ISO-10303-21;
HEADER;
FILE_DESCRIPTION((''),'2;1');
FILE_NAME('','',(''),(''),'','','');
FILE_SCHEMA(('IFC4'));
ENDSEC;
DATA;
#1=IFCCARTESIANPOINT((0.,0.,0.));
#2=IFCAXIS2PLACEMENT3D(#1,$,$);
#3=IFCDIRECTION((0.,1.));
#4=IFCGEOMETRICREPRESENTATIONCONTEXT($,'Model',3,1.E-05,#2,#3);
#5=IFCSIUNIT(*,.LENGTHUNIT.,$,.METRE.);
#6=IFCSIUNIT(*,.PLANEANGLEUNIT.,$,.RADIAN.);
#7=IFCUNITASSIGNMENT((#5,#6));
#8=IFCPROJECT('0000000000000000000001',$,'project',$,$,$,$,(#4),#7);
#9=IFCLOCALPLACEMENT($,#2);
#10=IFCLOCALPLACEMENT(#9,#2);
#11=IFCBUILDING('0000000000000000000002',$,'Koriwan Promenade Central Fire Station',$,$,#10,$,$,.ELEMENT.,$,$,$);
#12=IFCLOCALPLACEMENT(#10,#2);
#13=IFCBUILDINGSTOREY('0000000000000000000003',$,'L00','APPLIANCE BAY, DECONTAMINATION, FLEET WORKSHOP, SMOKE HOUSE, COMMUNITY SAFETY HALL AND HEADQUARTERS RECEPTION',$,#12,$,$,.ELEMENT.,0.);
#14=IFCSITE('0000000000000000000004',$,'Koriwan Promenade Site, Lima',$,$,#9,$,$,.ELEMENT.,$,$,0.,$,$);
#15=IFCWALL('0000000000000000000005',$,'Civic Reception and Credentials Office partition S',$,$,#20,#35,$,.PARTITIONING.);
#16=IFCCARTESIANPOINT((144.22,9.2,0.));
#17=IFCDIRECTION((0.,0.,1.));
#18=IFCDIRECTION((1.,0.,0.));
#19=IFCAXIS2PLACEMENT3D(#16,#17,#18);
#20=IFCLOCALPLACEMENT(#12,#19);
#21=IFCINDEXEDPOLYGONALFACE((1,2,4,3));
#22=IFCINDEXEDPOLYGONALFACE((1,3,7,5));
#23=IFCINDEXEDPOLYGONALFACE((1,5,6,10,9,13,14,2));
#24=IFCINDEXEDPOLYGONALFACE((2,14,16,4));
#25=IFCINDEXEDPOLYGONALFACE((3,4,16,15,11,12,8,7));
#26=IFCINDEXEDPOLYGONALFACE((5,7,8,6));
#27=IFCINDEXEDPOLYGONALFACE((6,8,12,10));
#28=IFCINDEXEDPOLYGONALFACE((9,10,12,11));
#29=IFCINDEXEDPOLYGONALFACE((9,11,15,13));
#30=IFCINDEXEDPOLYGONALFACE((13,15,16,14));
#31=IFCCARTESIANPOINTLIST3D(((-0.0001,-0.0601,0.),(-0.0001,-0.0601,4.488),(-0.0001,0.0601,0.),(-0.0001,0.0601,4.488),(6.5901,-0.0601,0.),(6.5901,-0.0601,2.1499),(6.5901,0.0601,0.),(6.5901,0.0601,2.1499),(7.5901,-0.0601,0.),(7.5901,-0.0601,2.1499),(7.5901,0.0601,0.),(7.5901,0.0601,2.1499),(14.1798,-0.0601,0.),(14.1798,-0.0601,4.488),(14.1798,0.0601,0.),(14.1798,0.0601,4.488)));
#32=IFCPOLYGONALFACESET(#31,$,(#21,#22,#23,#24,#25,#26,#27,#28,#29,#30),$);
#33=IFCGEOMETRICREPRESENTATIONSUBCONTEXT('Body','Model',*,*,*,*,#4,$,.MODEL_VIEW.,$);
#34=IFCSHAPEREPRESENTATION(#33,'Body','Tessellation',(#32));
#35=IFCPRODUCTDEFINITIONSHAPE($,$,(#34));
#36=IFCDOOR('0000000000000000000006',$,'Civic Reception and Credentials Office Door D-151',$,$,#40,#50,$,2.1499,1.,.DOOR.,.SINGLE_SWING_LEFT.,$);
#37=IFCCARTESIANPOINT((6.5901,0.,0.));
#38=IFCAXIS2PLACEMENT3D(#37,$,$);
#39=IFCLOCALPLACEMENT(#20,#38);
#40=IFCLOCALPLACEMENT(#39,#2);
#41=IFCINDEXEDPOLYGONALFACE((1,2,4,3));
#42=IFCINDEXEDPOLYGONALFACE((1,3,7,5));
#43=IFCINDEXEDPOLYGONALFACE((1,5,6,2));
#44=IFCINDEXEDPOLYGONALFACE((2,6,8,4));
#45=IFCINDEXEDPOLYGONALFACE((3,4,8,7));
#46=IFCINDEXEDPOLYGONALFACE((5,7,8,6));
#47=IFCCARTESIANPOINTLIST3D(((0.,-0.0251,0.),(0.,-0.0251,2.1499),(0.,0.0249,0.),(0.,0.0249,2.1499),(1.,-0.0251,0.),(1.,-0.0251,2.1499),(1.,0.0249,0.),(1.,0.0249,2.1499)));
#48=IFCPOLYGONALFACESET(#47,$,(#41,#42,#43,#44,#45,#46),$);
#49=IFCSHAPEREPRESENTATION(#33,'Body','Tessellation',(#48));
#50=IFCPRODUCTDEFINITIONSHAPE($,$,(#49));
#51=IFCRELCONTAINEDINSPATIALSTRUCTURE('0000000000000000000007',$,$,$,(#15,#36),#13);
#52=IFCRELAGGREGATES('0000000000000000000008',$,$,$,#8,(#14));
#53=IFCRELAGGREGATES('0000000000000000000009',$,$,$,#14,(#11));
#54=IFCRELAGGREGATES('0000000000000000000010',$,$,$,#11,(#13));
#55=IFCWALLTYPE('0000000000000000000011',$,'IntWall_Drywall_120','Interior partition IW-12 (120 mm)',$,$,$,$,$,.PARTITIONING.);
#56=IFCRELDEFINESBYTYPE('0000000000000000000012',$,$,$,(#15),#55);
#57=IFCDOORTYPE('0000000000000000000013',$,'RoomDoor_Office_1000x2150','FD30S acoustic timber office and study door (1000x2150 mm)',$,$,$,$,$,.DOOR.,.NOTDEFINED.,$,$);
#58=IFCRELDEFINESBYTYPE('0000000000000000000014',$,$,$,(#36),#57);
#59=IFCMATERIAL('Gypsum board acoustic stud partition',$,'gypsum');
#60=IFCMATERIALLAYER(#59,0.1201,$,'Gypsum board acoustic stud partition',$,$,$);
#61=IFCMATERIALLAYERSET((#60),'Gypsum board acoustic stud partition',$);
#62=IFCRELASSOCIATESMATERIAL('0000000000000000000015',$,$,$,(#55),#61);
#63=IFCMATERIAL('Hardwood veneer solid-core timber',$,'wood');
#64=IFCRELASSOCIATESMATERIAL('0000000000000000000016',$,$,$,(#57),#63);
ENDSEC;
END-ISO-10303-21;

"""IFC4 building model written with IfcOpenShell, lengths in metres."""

from ifc_helpers import new_model, si_unit, direction, frame, frame_2d, origin, place, context, subcontext, project, spatial, rectangle, extrude, material, layer, layer_set, type_object, element, fill, save


model = new_model("IFC4")

# Units and contexts
model_context = context("Model", 3, precision=1e-05, world=origin(), true_north=direction((0.0, 1.0)))
body_context = subcontext(model_context, "Body", "Model", "MODEL_VIEW")
ifc_project = project(units=[si_unit("LENGTHUNIT", "METRE"), si_unit("PLANEANGLEUNIT", "RADIAN")], contexts=[model_context])

# Site, building, storey
site_placement = place(None, origin())
site = spatial("IfcSite", under=ifc_project, at=site_placement, Name="Koriwan Promenade Site, Lima", CompositionType="ELEMENT", RefElevation=0.0)
building_placement = place(site_placement, origin())
building = spatial("IfcBuilding", under=site, at=building_placement, Name="Koriwan Promenade Central Fire Station", CompositionType="ELEMENT")
storey_placement = place(building_placement, origin())
storey = spatial("IfcBuildingStorey", under=building, at=storey_placement, Name="L00", Description="APPLIANCE BAY, DECONTAMINATION, FLEET WORKSHOP, SMOKE HOUSE, COMMUNITY SAFETY HALL AND HEADQUARTERS RECEPTION", CompositionType="ELEMENT", Elevation=0.0)

# Wall, opening, door
ifc_material_1 = material(Name="Gypsum board acoustic stud partition", Category="gypsum")
ifc_layer_1 = layer(ifc_material_1, 0.1201, Name="Gypsum board acoustic stud partition")
ifc_layer_set_1 = layer_set([ifc_layer_1], Name="Gypsum board acoustic stud partition")
wall_type_1 = type_object("IfcWallType", Name="IntWall_Drywall_120", Description="Interior partition IW-12 (120 mm)", PredefinedType="PARTITIONING", material=ifc_layer_set_1)
wall_1_placement = place(storey_placement, frame((144.22, 9.2, 0.0), z_axis=(0.0, 0.0, 1.0), x_axis=(1.0, 0.0, 0.0)))
wall_1 = element("IfcWall", 1, at=wall_1_placement, inside=storey, type_object=wall_type_1, Name="Civic Reception and Credentials Office partition S", PredefinedType="PARTITIONING", context=body_context, shape_type="SweptSolid", body=[
    extrude(rectangle(XDim=14.1799, YDim=0.1201, at=frame_2d((7.0898, 0.0))), origin(), (0.0, 0.0, 1.0), 4.488),
])
opening_1_placement = place(wall_1_placement, frame((6.5901, 0.0, 0.0)))
opening_1 = element("IfcOpeningElement", 2, at=opening_1_placement, cuts=wall_1, PredefinedType="OPENING", context=body_context, shape_type="SweptSolid", body=[
    extrude(rectangle(XDim=1.0, YDim=2.1499, at=frame_2d((0.5, 1.075))), frame((0.0, 0.072, 0.0), z_axis=(0.0, -1.0, 0.0), x_axis=(1.0, 0.0, 0.0)), (0.0, 0.0, 1.0), 0.144),
])
ifc_material_2 = material(Name="Hardwood veneer solid-core timber", Category="wood")
door_type = type_object("IfcDoorType", Name="RoomDoor_Office_1000x2150", Description="FD30S acoustic timber office and study door (1000x2150 mm)", OperationType="NOTDEFINED", PredefinedType="DOOR", material=ifc_material_2)
door_1_placement = place(opening_1_placement, origin())
door_1 = element("IfcDoor", 3, at=door_1_placement, inside=storey, type_object=door_type, Name="Civic Reception and Credentials Office Door D-151", OperationType="SINGLE_SWING_LEFT", OverallHeight=2.1499, OverallWidth=1.0, PredefinedType="DOOR", context=body_context, shape_type="SweptSolid", body=[
    extrude(rectangle(XDim=1.0, YDim=2.1499, at=frame_2d((0.5, 1.075))), frame((0.0, 0.0249, 0.0), z_axis=(0.0, -1.0, 0.0), x_axis=(1.0, 0.0, 0.0)), (0.0, 0.0, 1.0), 0.05),
])
fill(opening_1, door_1)

save(model, "model.ifc")
